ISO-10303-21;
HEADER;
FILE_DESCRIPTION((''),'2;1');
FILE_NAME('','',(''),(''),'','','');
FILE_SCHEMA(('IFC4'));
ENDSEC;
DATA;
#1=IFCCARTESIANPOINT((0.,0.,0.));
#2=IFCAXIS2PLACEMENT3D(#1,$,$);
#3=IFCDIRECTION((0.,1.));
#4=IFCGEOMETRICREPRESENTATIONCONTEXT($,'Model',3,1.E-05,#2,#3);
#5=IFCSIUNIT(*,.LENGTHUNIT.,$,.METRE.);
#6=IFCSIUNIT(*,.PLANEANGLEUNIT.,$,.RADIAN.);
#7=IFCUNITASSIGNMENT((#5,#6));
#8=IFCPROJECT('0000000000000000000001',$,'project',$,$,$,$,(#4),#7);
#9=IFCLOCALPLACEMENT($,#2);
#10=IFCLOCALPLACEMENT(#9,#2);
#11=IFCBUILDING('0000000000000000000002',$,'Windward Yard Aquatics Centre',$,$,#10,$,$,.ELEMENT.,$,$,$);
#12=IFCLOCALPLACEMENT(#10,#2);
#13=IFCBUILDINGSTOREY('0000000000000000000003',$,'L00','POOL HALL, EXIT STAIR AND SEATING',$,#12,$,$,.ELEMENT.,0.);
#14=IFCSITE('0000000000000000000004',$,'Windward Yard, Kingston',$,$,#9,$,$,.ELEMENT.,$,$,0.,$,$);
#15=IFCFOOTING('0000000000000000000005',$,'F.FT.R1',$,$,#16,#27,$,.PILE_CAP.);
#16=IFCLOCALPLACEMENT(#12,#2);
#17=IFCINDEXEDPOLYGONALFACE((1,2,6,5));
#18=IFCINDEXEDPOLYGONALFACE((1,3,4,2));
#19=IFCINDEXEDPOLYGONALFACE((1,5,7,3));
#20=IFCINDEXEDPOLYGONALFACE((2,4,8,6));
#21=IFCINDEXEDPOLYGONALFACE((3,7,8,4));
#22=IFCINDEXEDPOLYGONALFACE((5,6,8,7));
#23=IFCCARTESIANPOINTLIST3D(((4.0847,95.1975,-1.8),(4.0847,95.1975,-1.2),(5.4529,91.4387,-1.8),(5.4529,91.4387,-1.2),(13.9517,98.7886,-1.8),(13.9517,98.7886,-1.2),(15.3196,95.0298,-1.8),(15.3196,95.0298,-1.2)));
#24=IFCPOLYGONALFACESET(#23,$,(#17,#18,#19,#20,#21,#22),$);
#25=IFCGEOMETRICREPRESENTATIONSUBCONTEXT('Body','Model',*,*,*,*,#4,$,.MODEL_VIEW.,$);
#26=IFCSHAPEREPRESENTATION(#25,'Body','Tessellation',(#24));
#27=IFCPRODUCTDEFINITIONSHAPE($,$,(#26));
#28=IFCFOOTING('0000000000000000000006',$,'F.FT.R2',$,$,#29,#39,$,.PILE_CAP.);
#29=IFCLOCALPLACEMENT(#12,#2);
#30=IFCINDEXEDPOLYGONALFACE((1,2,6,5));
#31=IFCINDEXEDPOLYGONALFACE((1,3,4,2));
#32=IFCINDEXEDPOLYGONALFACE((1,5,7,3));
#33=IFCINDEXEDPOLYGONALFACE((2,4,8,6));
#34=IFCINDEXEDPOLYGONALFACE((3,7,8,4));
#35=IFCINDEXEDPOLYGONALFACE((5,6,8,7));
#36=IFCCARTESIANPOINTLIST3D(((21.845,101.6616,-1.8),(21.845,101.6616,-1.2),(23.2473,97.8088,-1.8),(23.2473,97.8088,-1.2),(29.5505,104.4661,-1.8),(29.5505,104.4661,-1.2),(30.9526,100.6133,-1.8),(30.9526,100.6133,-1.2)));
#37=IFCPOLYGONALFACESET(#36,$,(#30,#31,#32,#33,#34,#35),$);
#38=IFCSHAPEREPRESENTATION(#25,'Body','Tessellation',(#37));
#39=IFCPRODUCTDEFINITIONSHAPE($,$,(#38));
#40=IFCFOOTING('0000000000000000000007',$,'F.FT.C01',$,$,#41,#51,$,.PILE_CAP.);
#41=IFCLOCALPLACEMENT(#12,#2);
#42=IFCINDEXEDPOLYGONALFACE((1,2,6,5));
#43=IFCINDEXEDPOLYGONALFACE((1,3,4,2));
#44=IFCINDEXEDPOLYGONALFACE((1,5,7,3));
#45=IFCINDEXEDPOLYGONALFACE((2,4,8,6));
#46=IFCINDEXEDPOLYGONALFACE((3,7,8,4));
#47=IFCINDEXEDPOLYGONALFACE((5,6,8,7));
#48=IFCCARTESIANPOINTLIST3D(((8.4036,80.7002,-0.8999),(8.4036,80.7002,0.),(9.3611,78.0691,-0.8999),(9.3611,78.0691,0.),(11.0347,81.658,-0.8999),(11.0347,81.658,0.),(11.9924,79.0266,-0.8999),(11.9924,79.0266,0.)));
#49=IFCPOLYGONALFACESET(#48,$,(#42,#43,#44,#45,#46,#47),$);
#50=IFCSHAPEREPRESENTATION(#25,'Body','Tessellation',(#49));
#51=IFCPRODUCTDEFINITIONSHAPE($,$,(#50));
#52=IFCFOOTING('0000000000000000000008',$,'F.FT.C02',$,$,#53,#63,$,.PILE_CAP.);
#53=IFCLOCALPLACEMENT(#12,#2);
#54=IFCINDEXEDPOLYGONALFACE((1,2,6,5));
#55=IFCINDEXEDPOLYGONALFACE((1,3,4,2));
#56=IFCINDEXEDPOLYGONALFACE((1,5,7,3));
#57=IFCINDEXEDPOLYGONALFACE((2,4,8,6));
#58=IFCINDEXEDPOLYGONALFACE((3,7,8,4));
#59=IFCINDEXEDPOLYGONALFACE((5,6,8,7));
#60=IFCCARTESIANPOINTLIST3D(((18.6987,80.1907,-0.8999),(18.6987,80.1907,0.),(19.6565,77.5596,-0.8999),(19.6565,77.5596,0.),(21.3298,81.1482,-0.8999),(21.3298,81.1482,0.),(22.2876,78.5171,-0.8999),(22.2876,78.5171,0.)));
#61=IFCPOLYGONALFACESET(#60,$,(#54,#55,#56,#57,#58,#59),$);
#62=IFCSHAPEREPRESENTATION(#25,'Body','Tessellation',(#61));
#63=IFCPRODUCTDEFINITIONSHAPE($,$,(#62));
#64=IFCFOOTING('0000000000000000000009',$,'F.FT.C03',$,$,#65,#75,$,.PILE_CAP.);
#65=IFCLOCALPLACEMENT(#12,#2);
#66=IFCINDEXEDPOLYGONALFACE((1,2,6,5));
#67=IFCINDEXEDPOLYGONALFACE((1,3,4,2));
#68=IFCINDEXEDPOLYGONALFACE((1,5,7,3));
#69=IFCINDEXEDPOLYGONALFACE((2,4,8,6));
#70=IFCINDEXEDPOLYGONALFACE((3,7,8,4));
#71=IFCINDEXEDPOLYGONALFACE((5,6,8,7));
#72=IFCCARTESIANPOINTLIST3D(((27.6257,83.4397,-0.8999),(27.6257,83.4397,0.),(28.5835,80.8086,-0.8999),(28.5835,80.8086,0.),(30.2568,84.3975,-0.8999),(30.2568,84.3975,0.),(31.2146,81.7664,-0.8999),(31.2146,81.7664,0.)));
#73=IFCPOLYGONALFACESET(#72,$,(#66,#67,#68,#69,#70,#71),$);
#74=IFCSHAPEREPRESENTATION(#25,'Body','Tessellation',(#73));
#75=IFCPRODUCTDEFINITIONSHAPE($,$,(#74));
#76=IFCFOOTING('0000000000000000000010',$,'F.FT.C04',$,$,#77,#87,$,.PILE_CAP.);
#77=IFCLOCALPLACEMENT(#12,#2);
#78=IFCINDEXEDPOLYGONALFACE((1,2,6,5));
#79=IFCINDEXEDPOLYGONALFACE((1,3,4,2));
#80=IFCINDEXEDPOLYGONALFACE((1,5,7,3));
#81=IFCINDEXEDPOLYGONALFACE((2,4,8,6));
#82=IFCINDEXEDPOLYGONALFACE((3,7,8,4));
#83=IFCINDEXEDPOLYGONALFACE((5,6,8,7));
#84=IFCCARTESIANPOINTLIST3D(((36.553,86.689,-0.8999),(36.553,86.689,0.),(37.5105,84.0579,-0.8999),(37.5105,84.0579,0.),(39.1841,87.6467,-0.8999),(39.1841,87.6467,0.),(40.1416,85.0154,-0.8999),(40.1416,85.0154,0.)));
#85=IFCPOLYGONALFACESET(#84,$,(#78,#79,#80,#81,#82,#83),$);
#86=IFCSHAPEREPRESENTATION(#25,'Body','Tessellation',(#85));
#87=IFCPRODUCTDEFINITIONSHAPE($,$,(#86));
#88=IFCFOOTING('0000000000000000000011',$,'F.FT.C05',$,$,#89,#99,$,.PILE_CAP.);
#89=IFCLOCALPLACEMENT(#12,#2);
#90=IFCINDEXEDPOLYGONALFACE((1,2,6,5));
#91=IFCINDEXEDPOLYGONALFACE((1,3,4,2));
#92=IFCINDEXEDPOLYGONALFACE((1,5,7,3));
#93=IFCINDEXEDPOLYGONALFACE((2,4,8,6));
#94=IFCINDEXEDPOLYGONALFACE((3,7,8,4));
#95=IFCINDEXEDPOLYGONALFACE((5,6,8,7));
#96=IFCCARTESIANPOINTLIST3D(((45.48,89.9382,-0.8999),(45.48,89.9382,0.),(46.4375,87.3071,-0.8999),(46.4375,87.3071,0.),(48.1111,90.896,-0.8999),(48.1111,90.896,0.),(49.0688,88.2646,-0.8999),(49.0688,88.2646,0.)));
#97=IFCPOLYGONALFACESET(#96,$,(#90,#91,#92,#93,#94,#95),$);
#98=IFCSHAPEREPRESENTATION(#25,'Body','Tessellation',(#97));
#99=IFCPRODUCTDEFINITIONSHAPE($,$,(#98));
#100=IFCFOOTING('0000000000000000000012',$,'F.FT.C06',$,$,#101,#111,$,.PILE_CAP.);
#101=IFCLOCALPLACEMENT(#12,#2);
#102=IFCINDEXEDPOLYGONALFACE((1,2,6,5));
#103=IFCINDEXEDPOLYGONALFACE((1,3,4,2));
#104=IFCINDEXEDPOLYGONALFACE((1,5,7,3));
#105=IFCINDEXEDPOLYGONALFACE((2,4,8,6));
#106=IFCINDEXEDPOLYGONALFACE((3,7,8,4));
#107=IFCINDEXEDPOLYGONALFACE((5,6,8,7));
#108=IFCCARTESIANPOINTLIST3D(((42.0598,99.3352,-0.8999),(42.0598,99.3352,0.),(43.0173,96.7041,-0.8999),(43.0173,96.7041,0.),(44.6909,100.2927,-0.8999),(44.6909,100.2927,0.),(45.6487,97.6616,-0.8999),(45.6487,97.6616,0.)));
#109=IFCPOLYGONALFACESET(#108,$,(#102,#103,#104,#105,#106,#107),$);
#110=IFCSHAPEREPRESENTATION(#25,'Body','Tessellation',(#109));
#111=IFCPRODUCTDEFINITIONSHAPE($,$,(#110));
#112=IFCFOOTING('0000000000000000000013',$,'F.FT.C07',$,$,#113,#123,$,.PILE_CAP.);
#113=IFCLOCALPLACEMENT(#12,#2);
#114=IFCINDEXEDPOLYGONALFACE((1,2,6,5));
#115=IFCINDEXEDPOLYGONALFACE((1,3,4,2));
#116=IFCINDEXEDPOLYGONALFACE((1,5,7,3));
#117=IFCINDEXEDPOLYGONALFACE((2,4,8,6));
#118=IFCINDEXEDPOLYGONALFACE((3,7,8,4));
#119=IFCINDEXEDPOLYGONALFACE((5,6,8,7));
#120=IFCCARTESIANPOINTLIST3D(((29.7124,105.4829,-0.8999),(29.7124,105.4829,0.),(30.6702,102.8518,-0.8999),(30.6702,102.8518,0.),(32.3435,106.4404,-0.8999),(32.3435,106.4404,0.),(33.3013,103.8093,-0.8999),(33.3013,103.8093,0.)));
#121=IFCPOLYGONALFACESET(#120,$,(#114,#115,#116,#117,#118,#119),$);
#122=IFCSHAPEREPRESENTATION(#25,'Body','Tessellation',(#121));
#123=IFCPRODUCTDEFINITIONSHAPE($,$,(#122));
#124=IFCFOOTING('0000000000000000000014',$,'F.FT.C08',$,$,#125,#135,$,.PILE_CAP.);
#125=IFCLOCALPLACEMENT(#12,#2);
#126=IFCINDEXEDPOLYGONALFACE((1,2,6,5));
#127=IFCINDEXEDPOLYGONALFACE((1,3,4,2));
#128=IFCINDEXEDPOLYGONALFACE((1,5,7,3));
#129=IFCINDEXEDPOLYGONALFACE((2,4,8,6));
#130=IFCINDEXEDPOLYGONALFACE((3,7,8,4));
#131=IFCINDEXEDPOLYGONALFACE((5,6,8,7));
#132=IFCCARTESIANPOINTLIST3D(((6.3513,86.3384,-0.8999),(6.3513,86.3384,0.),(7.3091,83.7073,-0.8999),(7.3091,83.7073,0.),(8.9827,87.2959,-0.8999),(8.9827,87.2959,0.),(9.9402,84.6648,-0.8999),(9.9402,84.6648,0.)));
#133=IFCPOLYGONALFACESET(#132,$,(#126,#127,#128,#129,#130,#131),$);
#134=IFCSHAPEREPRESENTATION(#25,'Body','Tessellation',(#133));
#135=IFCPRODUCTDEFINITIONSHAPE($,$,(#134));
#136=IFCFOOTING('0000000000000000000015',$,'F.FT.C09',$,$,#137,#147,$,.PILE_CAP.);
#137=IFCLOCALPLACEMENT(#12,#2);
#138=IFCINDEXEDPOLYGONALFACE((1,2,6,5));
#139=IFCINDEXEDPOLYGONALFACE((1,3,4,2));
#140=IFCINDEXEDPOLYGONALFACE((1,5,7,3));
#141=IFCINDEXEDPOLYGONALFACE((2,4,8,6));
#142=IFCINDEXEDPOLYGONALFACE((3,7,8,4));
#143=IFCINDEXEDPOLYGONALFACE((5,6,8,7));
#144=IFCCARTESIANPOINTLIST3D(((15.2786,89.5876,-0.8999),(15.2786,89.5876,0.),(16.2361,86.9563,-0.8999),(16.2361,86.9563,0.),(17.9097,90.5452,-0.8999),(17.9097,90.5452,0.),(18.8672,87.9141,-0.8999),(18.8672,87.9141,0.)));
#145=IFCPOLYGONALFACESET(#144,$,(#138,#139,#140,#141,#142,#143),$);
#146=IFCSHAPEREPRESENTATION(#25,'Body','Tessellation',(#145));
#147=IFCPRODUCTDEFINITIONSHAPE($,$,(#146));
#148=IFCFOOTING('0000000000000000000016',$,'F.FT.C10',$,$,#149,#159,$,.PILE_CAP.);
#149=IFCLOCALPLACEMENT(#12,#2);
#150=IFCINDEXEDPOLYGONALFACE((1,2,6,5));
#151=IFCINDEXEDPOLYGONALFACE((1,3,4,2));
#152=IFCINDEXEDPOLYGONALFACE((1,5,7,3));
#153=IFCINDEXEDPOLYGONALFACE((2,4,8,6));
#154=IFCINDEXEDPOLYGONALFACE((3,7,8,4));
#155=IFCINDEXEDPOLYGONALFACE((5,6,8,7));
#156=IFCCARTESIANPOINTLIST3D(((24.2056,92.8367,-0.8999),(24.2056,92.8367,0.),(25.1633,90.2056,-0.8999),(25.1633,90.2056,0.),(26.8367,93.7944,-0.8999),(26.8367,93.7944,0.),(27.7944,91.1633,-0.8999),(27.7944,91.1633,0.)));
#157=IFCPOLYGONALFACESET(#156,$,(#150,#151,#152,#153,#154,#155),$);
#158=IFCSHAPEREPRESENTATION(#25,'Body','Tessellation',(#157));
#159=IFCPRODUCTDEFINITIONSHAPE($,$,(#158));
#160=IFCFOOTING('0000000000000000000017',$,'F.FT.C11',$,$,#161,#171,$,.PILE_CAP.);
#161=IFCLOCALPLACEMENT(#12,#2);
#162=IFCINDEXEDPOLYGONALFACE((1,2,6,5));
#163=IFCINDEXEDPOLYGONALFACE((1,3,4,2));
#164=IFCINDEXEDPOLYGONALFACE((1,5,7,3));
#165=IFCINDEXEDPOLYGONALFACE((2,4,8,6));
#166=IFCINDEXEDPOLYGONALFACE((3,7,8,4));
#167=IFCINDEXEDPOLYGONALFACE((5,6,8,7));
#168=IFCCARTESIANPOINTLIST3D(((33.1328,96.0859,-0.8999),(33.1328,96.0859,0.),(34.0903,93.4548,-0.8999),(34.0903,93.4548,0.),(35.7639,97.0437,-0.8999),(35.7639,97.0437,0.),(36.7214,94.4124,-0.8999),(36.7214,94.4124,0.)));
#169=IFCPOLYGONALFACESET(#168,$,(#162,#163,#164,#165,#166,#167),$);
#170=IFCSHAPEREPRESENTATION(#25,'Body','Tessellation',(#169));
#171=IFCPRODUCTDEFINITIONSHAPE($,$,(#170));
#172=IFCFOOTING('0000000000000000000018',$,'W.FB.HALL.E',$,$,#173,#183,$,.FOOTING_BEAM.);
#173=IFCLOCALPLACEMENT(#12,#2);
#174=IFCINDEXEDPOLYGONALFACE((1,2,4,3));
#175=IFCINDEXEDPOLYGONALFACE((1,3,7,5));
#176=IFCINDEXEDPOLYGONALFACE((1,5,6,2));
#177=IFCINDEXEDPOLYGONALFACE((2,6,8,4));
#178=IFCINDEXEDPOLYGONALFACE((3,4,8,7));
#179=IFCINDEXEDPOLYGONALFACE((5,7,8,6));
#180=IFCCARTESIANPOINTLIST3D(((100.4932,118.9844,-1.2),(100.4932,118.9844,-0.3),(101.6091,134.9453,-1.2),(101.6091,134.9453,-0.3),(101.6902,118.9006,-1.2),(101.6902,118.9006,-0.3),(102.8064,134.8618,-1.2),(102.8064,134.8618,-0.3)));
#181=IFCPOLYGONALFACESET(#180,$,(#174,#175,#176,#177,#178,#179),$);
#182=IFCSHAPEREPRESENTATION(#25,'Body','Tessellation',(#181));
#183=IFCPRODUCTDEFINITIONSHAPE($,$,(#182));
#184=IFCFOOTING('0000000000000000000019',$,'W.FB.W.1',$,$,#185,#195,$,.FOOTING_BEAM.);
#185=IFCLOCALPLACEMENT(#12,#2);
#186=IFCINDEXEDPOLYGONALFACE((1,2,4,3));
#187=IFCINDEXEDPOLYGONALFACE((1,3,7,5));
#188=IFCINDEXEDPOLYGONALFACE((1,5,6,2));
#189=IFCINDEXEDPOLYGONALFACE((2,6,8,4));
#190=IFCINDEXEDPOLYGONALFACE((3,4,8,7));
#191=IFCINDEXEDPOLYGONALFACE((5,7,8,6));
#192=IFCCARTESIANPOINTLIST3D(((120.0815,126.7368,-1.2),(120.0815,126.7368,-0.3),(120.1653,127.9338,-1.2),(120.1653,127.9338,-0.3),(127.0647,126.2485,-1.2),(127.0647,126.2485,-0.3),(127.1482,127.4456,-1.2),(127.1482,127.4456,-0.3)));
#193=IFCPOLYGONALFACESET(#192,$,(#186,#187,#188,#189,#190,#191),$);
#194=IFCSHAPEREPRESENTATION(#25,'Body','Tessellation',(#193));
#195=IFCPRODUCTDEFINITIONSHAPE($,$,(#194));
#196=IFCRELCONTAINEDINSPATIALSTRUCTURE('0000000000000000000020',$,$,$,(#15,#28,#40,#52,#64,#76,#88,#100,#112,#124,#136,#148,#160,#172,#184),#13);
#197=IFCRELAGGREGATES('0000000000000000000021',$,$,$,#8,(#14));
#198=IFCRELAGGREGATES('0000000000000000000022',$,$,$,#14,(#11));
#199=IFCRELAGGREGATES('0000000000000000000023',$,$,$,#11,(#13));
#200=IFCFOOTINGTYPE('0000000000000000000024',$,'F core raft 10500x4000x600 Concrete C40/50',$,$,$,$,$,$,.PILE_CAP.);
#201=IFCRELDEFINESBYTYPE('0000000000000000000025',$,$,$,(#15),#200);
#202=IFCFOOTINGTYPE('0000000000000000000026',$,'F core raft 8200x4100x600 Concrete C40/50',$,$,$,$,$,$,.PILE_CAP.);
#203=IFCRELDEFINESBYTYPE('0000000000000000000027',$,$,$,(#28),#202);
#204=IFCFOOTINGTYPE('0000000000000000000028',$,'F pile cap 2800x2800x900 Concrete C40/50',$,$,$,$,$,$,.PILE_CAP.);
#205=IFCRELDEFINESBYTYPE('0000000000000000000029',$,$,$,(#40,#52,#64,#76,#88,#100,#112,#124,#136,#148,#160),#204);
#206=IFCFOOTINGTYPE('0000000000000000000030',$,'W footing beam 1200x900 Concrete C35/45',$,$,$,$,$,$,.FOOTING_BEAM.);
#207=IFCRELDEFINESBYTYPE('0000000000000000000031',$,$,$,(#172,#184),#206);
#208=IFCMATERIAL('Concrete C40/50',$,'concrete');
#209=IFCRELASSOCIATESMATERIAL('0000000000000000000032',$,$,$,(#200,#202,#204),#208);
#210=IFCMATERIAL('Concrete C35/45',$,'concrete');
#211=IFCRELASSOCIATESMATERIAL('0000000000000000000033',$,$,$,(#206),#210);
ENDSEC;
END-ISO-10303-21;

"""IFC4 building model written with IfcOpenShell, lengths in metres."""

from ifc_helpers import new_model, si_unit, direction, frame, origin, place, context, subcontext, project, spatial, polyline, outline, extrude, material, type_object, element, save


model = new_model("IFC4")

# Units and contexts
model_context = context("Model", 3, precision=1e-05, world=origin(), true_north=direction((0.0, 1.0)))
body_context = subcontext(model_context, "Body", "Model", "MODEL_VIEW")
ifc_project = project(units=[si_unit("LENGTHUNIT", "METRE"), si_unit("PLANEANGLEUNIT", "RADIAN")], contexts=[model_context])

# Site, building, storey
site_placement = place(None, origin())
site = spatial("IfcSite", under=ifc_project, at=site_placement, Name="Windward Yard, Kingston", CompositionType="ELEMENT", RefElevation=0.0)
building_placement = place(site_placement, origin())
building = spatial("IfcBuilding", under=site, at=building_placement, Name="Windward Yard Aquatics Centre", CompositionType="ELEMENT")
storey_placement = place(building_placement, origin())
storey = spatial("IfcBuildingStorey", under=building, at=storey_placement, Name="L00", Description="POOL HALL, EXIT STAIR AND SEATING", CompositionType="ELEMENT", Elevation=0.0)

# Footings
ifc_material_1 = material(Name="Concrete C40/50", Category="concrete")
footing_type_1 = type_object("IfcFootingType", Name="F core raft 10500x4000x600 Concrete C40/50", PredefinedType="PILE_CAP", material=ifc_material_1)
footing_1_placement = place(storey_placement, frame((0.0, 0.0, -1.8)))
element("IfcFooting", 1, at=footing_1_placement, inside=storey, type_object=footing_type_1, Name="F.FT.R1", PredefinedType="PILE_CAP", context=body_context, shape_type="SweptSolid", body=[
    extrude(outline(polyline([(4.0847, 95.1975), (5.4529, 91.4387), (15.3196, 95.0298), (13.9517, 98.7886), (4.0847, 95.1975)])), origin(), (0.0, 0.0, 1.0), 0.6001),
])
footing_type_2 = type_object("IfcFootingType", Name="F core raft 8200x4100x600 Concrete C40/50", PredefinedType="PILE_CAP", material=ifc_material_1)
footing_2_placement = place(storey_placement, frame((0.0, 0.0, -1.8)))
element("IfcFooting", 2, at=footing_2_placement, inside=storey, type_object=footing_type_2, Name="F.FT.R2", PredefinedType="PILE_CAP", context=body_context, shape_type="SweptSolid", body=[
    extrude(outline(polyline([(21.845, 101.6616), (23.2473, 97.8088), (30.9526, 100.6133), (29.5505, 104.4661), (21.845, 101.6616)])), origin(), (0.0, 0.0, 1.0), 0.6001),
])
footing_type_3 = type_object("IfcFootingType", Name="F pile cap 2800x2800x900 Concrete C40/50", PredefinedType="PILE_CAP", material=ifc_material_1)
footing_3_placement = place(storey_placement, frame((0.0, 0.0, -0.8999)))
element("IfcFooting", 3, at=footing_3_placement, inside=storey, type_object=footing_type_3, Name="F.FT.C01", PredefinedType="PILE_CAP", context=body_context, shape_type="SweptSolid", body=[
    extrude(outline(polyline([(8.4036, 80.7002), (9.3611, 78.0691), (11.9924, 79.0266), (11.0347, 81.658), (8.4036, 80.7002)])), origin(), (0.0, 0.0, 1.0), 0.8999),
])
footing_4_placement = place(storey_placement, frame((0.0, 0.0, -0.8999)))
element("IfcFooting", 4, at=footing_4_placement, inside=storey, type_object=footing_type_3, Name="F.FT.C02", PredefinedType="PILE_CAP", context=body_context, shape_type="SweptSolid", body=[
    extrude(outline(polyline([(18.6987, 80.1907), (19.6565, 77.5596), (22.2876, 78.5171), (21.3298, 81.1482), (18.6987, 80.1907)])), origin(), (0.0, 0.0, 1.0), 0.8999),
])
footing_5_placement = place(storey_placement, frame((0.0, 0.0, -0.8999)))
element("IfcFooting", 5, at=footing_5_placement, inside=storey, type_object=footing_type_3, Name="F.FT.C03", PredefinedType="PILE_CAP", context=body_context, shape_type="SweptSolid", body=[
    extrude(outline(polyline([(27.6257, 83.4397), (28.5835, 80.8086), (31.2146, 81.7664), (30.2568, 84.3975), (27.6257, 83.4397)])), origin(), (0.0, 0.0, 1.0), 0.8999),
])
footing_6_placement = place(storey_placement, frame((0.0, 0.0, -0.8999)))
element("IfcFooting", 6, at=footing_6_placement, inside=storey, type_object=footing_type_3, Name="F.FT.C04", PredefinedType="PILE_CAP", context=body_context, shape_type="SweptSolid", body=[
    extrude(outline(polyline([(36.553, 86.689), (37.5105, 84.0579), (40.1416, 85.0154), (39.1841, 87.6467), (36.553, 86.689)])), origin(), (0.0, 0.0, 1.0), 0.8999),
])
footing_7_placement = place(storey_placement, frame((0.0, 0.0, -0.8999)))
element("IfcFooting", 7, at=footing_7_placement, inside=storey, type_object=footing_type_3, Name="F.FT.C05", PredefinedType="PILE_CAP", context=body_context, shape_type="SweptSolid", body=[
    extrude(outline(polyline([(45.48, 89.9382), (46.4375, 87.3071), (49.0688, 88.2646), (48.1111, 90.896), (45.48, 89.9382)])), origin(), (0.0, 0.0, 1.0), 0.8999),
])
footing_8_placement = place(storey_placement, frame((0.0, 0.0, -0.8999)))
element("IfcFooting", 8, at=footing_8_placement, inside=storey, type_object=footing_type_3, Name="F.FT.C06", PredefinedType="PILE_CAP", context=body_context, shape_type="SweptSolid", body=[
    extrude(outline(polyline([(42.0598, 99.3352), (43.0173, 96.7041), (45.6487, 97.6616), (44.6909, 100.2927), (42.0598, 99.3352)])), origin(), (0.0, 0.0, 1.0), 0.8999),
])
footing_9_placement = place(storey_placement, frame((0.0, 0.0, -0.8999)))
element("IfcFooting", 9, at=footing_9_placement, inside=storey, type_object=footing_type_3, Name="F.FT.C07", PredefinedType="PILE_CAP", context=body_context, shape_type="SweptSolid", body=[
    extrude(outline(polyline([(29.7124, 105.4829), (30.6702, 102.8518), (33.3013, 103.8093), (32.3435, 106.4404), (29.7124, 105.4829)])), origin(), (0.0, 0.0, 1.0), 0.8999),
])
footing_10_placement = place(storey_placement, frame((0.0, 0.0, -0.8999)))
element("IfcFooting", 10, at=footing_10_placement, inside=storey, type_object=footing_type_3, Name="F.FT.C08", PredefinedType="PILE_CAP", context=body_context, shape_type="SweptSolid", body=[
    extrude(outline(polyline([(6.3513, 86.3384), (7.3091, 83.7073), (9.9402, 84.6648), (8.9827, 87.2959), (6.3513, 86.3384)])), origin(), (0.0, 0.0, 1.0), 0.8999),
])
footing_11_placement = place(storey_placement, frame((0.0, 0.0, -0.8999)))
element("IfcFooting", 11, at=footing_11_placement, inside=storey, type_object=footing_type_3, Name="F.FT.C09", PredefinedType="PILE_CAP", context=body_context, shape_type="SweptSolid", body=[
    extrude(outline(polyline([(15.2786, 89.5876), (16.2361, 86.9563), (18.8672, 87.9141), (17.9097, 90.5452), (15.2786, 89.5876)])), origin(), (0.0, 0.0, 1.0), 0.8999),
])
footing_12_placement = place(storey_placement, frame((0.0, 0.0, -0.8999)))
element("IfcFooting", 12, at=footing_12_placement, inside=storey, type_object=footing_type_3, Name="F.FT.C10", PredefinedType="PILE_CAP", context=body_context, shape_type="SweptSolid", body=[
    extrude(outline(polyline([(24.2056, 92.8367), (25.1633, 90.2056), (27.7944, 91.1633), (26.8367, 93.7944), (24.2056, 92.8367)])), origin(), (0.0, 0.0, 1.0), 0.8999),
])
footing_13_placement = place(storey_placement, frame((0.0, 0.0, -0.8999)))
element("IfcFooting", 13, at=footing_13_placement, inside=storey, type_object=footing_type_3, Name="F.FT.C11", PredefinedType="PILE_CAP", context=body_context, shape_type="SweptSolid", body=[
    extrude(outline(polyline([(33.1328, 96.0859), (34.0903, 93.4548), (36.7214, 94.4124), (35.7639, 97.0437), (33.1328, 96.0859)])), origin(), (0.0, 0.0, 1.0), 0.8999),
])
ifc_material_2 = material(Name="Concrete C35/45", Category="concrete")
footing_type_4 = type_object("IfcFootingType", Name="W footing beam 1200x900 Concrete C35/45", PredefinedType="FOOTING_BEAM", material=ifc_material_2)
footing_14_placement = place(storey_placement, frame((0.0, 0.0, -1.2)))
element("IfcFooting", 14, at=footing_14_placement, inside=storey, type_object=footing_type_4, Name="W.FB.HALL.E", PredefinedType="FOOTING_BEAM", context=body_context, shape_type="SweptSolid", body=[
    extrude(outline(polyline([(100.4932, 118.9844), (101.6902, 118.9006), (102.8064, 134.8618), (101.6091, 134.9453), (100.4932, 118.9844)])), origin(), (0.0, 0.0, 1.0), 0.8999),
])
footing_15_placement = place(storey_placement, frame((0.0, 0.0, -1.2)))
element("IfcFooting", 15, at=footing_15_placement, inside=storey, type_object=footing_type_4, Name="W.FB.W.1", PredefinedType="FOOTING_BEAM", context=body_context, shape_type="SweptSolid", body=[
    extrude(outline(polyline([(120.0815, 126.7368), (127.0647, 126.2485), (127.1482, 127.4456), (120.1653, 127.9338), (120.0815, 126.7368)])), origin(), (0.0, 0.0, 1.0), 0.8999),
])

save(model, "model.ifc")
